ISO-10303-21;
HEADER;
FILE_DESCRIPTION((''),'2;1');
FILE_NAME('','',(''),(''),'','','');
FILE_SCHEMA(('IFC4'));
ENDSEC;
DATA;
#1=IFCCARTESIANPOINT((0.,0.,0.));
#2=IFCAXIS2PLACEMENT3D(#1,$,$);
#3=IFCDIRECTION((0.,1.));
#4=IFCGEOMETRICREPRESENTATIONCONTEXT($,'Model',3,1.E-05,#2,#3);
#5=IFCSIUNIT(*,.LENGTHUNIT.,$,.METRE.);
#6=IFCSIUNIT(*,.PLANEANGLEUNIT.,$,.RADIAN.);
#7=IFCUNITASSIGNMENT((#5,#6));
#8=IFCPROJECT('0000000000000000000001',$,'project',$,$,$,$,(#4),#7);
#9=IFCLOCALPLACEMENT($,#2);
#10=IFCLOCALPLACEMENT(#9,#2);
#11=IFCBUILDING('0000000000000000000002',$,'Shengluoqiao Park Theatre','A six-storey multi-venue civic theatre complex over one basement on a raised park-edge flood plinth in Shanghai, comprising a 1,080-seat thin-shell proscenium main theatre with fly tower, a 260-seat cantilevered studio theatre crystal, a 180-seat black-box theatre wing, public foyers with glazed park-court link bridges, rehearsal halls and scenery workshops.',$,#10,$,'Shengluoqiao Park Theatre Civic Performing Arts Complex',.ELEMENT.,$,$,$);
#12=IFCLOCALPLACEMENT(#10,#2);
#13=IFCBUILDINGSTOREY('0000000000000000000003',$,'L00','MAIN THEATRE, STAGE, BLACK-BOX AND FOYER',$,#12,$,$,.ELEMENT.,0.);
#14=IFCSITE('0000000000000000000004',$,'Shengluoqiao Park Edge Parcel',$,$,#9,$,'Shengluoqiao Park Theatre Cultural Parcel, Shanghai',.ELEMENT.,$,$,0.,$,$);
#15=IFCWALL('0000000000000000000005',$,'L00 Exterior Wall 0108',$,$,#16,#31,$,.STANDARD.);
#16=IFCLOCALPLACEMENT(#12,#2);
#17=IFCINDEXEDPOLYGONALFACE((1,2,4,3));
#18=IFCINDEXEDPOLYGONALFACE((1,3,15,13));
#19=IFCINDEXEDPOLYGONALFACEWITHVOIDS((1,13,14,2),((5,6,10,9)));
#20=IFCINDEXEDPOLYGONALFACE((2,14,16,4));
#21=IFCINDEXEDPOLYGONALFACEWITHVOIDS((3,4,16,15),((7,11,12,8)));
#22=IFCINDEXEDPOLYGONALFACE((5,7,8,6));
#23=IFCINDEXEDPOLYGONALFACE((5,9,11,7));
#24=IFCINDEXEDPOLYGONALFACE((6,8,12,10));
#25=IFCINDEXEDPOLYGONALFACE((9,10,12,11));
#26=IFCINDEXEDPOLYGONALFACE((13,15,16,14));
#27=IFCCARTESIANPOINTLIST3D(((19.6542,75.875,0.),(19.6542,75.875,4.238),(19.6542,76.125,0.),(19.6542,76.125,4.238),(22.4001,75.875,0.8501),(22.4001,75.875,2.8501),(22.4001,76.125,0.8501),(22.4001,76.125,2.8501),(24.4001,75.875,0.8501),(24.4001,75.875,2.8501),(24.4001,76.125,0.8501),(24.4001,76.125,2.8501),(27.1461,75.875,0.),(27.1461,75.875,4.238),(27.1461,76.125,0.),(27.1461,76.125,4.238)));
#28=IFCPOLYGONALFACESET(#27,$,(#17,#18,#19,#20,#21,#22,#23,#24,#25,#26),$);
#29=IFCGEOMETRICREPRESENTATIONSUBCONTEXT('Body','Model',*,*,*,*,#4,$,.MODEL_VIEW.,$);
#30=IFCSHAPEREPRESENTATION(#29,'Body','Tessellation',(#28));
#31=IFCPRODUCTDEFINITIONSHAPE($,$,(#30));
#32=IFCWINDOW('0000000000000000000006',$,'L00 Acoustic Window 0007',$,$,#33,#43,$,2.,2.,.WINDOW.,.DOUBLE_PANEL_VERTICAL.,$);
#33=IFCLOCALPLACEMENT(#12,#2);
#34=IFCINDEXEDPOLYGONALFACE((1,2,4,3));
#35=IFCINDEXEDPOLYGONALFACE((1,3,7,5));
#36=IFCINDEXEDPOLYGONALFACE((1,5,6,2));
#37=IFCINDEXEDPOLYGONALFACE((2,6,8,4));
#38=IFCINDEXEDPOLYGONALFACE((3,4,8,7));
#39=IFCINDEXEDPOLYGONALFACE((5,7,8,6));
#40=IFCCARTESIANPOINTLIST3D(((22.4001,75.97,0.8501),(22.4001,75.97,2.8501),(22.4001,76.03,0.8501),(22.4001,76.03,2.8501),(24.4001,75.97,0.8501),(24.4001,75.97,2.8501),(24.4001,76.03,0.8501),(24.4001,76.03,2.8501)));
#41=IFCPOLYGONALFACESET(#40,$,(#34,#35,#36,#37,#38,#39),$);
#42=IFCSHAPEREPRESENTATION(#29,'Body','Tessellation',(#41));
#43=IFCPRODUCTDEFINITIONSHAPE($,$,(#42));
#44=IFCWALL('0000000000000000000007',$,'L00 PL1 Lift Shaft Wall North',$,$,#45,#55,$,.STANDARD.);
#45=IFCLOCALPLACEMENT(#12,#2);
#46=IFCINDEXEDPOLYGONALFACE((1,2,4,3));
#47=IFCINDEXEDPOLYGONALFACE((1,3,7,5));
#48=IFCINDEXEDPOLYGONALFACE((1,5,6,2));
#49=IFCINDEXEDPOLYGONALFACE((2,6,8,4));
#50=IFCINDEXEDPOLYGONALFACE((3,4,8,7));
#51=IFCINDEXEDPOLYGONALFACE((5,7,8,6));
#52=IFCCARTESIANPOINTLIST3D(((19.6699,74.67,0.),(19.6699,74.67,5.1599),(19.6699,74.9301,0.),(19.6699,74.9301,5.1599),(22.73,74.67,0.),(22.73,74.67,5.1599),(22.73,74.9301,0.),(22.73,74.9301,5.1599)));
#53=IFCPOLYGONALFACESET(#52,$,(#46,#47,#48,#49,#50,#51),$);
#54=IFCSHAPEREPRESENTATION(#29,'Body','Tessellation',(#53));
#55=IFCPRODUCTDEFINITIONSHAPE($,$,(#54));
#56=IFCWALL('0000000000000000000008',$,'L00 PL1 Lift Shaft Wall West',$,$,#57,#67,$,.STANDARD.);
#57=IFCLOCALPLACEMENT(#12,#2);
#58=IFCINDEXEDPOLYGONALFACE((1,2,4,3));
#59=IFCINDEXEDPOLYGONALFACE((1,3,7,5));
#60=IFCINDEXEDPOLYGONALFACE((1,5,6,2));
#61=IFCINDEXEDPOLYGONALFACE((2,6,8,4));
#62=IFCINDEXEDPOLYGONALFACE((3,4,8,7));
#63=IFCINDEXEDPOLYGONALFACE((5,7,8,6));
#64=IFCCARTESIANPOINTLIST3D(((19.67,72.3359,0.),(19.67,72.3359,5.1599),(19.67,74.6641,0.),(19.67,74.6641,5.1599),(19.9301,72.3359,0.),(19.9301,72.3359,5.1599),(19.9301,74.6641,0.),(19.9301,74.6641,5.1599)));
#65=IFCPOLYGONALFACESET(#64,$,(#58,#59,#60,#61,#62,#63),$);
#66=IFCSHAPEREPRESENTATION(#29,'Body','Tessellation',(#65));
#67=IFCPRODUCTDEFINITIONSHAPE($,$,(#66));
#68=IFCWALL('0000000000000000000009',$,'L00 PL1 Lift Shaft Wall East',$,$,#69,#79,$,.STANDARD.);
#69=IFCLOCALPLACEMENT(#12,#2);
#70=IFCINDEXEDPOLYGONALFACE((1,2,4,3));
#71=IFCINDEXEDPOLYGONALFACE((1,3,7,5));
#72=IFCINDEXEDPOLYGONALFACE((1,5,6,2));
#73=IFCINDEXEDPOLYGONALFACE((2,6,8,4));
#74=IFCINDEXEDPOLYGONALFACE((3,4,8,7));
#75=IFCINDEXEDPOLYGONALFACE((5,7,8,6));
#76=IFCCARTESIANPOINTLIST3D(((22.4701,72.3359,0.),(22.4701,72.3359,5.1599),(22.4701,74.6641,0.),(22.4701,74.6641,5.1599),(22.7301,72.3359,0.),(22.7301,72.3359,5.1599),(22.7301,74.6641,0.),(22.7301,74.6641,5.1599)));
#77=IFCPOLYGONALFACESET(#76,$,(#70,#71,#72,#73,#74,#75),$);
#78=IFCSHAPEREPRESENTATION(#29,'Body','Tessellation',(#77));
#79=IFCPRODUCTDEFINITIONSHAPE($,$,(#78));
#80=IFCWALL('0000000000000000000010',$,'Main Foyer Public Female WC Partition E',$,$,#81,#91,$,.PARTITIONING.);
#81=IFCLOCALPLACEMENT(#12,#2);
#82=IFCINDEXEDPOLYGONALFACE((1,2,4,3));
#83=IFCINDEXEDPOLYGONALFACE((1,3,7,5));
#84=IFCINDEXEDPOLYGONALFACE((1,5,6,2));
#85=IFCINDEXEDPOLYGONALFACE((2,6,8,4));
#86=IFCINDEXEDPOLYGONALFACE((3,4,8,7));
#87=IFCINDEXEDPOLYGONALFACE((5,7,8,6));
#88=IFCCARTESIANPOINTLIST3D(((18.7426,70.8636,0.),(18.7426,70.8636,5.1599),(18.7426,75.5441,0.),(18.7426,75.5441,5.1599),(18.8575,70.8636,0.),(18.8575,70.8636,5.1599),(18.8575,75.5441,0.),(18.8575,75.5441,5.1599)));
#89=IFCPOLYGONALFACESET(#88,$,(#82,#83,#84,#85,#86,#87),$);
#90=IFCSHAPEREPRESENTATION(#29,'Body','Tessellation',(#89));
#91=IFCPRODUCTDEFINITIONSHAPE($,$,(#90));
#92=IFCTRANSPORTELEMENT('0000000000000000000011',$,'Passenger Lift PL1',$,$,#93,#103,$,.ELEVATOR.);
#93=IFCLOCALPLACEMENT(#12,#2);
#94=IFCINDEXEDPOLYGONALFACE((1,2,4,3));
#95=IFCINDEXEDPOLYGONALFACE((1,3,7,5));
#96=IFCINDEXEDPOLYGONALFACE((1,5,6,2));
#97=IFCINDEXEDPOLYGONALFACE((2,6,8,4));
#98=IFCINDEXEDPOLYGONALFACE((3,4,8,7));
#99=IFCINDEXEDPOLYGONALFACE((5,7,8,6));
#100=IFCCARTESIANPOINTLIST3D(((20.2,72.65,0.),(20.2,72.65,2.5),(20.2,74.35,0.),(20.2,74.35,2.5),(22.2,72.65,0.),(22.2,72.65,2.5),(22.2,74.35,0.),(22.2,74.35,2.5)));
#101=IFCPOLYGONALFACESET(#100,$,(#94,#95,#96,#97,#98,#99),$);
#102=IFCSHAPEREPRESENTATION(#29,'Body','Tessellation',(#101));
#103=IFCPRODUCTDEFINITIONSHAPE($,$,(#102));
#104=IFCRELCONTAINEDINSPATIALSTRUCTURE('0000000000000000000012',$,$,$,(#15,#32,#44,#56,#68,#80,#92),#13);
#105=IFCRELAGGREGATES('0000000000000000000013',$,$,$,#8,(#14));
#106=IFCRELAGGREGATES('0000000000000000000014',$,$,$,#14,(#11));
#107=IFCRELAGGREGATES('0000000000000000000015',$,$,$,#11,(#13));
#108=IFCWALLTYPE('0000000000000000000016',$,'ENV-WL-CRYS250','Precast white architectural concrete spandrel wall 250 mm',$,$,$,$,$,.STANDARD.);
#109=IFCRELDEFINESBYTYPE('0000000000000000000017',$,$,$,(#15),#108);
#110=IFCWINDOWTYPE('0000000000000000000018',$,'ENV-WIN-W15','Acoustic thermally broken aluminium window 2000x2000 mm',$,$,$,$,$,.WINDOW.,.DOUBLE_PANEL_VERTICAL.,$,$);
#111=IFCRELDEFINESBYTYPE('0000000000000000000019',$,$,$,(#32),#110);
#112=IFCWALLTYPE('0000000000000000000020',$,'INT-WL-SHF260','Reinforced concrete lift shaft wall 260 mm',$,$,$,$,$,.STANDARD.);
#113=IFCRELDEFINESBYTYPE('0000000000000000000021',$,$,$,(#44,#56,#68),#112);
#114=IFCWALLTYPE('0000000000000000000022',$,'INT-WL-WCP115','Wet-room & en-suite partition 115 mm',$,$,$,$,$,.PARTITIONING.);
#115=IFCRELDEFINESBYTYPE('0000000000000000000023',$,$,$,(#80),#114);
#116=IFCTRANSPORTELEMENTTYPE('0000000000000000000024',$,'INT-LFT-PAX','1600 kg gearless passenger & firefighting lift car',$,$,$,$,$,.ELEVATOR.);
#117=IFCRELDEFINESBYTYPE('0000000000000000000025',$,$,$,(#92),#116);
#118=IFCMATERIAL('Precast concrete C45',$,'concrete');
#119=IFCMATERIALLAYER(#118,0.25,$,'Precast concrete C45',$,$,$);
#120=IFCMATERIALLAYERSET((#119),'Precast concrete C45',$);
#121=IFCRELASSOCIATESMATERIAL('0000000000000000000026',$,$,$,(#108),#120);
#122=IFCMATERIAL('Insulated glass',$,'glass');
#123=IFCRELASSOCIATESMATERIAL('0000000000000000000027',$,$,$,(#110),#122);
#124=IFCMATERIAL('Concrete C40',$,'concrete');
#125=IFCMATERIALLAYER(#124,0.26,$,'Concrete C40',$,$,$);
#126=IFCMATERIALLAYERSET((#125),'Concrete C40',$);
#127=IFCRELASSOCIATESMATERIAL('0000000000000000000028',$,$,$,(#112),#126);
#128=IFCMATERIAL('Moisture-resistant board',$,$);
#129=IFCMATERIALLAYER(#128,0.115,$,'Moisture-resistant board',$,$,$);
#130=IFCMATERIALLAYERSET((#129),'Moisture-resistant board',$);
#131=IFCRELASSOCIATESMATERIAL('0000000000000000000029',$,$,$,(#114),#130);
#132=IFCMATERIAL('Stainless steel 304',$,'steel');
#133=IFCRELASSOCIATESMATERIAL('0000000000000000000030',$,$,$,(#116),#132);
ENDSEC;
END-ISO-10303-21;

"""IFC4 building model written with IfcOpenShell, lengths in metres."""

from ifc_helpers import new_model, si_unit, direction, frame, frame_2d, origin, origin_2d, place, context, subcontext, project, spatial, rectangle, extrude, material, layer, layer_set, type_object, element, fill, save


model = new_model("IFC4")

# Units and contexts
model_context = context("Model", 3, precision=1e-05, world=origin(), true_north=direction((0.0, 1.0)))
body_context = subcontext(model_context, "Body", "Model", "MODEL_VIEW")
ifc_project = project(units=[si_unit("LENGTHUNIT", "METRE"), si_unit("PLANEANGLEUNIT", "RADIAN")], contexts=[model_context])

# Site, building, storey
site_placement = place(None, origin())
site = spatial("IfcSite", under=ifc_project, at=site_placement, Name="Shengluoqiao Park Edge Parcel", LongName="Shengluoqiao Park Theatre Cultural Parcel, Shanghai", CompositionType="ELEMENT", RefElevation=0.0)
building_placement = place(site_placement, origin())
building = spatial("IfcBuilding", under=site, at=building_placement, Name="Shengluoqiao Park Theatre", Description="A six-storey multi-venue civic theatre complex over one basement on a raised park-edge flood plinth in Shanghai, comprising a 1,080-seat thin-shell proscenium main theatre with fly tower, a 260-seat cantilevered studio theatre crystal, a 180-seat black-box theatre wing, public foyers with glazed park-court link bridges, rehearsal halls and scenery workshops.", LongName="Shengluoqiao Park Theatre Civic Performing Arts Complex", CompositionType="ELEMENT")
storey_placement = place(building_placement, origin())
storey = spatial("IfcBuildingStorey", under=building, at=storey_placement, Name="L00", Description="MAIN THEATRE, STAGE, BLACK-BOX AND FOYER", CompositionType="ELEMENT", Elevation=0.0)

# Shared definitions
ifc_material_1 = material(Name="Concrete C40", Category="concrete")

# Shared definitions
ifc_material_2 = material(Name="Insulated glass", Category="glass")

# Wall, opening, window
ifc_material_3 = material(Name="Precast concrete C45", Category="concrete")
ifc_layer_1 = layer(ifc_material_3, 0.25, Name="Precast concrete C45")
ifc_layer_set_1 = layer_set([ifc_layer_1], Name="Precast concrete C45")
wall_type_1 = type_object("IfcWallType", Name="ENV-WL-CRYS250", Description="Precast white architectural concrete spandrel wall 250 mm", PredefinedType="STANDARD", material=ifc_layer_set_1)
wall_1_placement = place(storey_placement, frame((19.6541, 76.0, 0.0), z_axis=(0.0, 0.0, 1.0), x_axis=(1.0, 0.0, 0.0)))
wall_1 = element("IfcWall", 1, at=wall_1_placement, inside=storey, type_object=wall_type_1, Name="L00 Exterior Wall 0108", PredefinedType="STANDARD", context=body_context, shape_type="SweptSolid", body=[
    extrude(rectangle(XDim=7.4919, YDim=0.25, at=frame_2d((3.7461, 0.0))), origin(), (0.0, 0.0, 1.0), 4.238),
])
opening_1_placement = place(wall_1_placement, frame((2.7461, 0.0, 0.8501)))
opening_1 = element("IfcOpeningElement", 2, at=opening_1_placement, cuts=wall_1, PredefinedType="OPENING", context=body_context, shape_type="SweptSolid", body=[
    extrude(rectangle(XDim=2.0, YDim=2.0, at=frame_2d((1.0, 1.0))), frame((0.0, 0.135, 0.0), z_axis=(0.0, -1.0, 0.0), x_axis=(1.0, 0.0, 0.0)), (0.0, 0.0, 1.0), 0.27),
])
window_type = type_object("IfcWindowType", Name="ENV-WIN-W15", Description="Acoustic thermally broken aluminium window 2000x2000 mm", PartitioningType="DOUBLE_PANEL_VERTICAL", PredefinedType="WINDOW", material=ifc_material_2)
window_placement = place(opening_1_placement, origin())
window = element("IfcWindow", 3, at=window_placement, inside=storey, type_object=window_type, Name="L00 Acoustic Window 0007", OverallHeight=2.0, OverallWidth=2.0, PartitioningType="DOUBLE_PANEL_VERTICAL", PredefinedType="WINDOW", context=body_context, shape_type="SweptSolid", body=[
    extrude(rectangle(XDim=2.0, YDim=2.0, at=frame_2d((1.0, 1.0))), frame((0.0, 0.03, 0.0), z_axis=(0.0, -1.0, 0.0), x_axis=(1.0, 0.0, 0.0)), (0.0, 0.0, 1.0), 0.0601),
])
fill(opening_1, window)

# Shared definitions
ifc_layer_2 = layer(ifc_material_1, 0.26, Name="Concrete C40")
ifc_layer_set_2 = layer_set([ifc_layer_2], Name="Concrete C40")
wall_type_2 = type_object("IfcWallType", Name="INT-WL-SHF260", Description="Reinforced concrete lift shaft wall 260 mm", PredefinedType="STANDARD", material=ifc_layer_set_2)
ifc_material_4 = material(Name="Stainless steel 304", Category="steel")

# Walls
wall_2_placement = place(storey_placement, frame((19.6699, 74.8, 0.0), z_axis=(0.0, 0.0, 1.0), x_axis=(1.0, 0.0, 0.0)))
element("IfcWall", 4, at=wall_2_placement, inside=storey, type_object=wall_type_2, Name="L00 PL1 Lift Shaft Wall North", PredefinedType="STANDARD", context=body_context, shape_type="SweptSolid", body=[
    extrude(rectangle(XDim=3.0601, YDim=0.26, at=frame_2d((1.53, 0.0))), origin(), (0.0, 0.0, 1.0), 5.1599),
])
for number, where, z_axis, x_axis, name in (
    (5, (19.8, 72.3359, 0.0), (0.0, 0.0, 1.0), (0.0, 1.0, 0.0), "L00 PL1 Lift Shaft Wall West"),
    (6, (22.6001, 72.3359, 0.0), (0.0, 0.0, 1.0), (0.0, 1.0, 0.0), "L00 PL1 Lift Shaft Wall East"),
):
    element("IfcWall", number, at=place(storey_placement, frame(where, z_axis=z_axis, x_axis=x_axis)), inside=storey, type_object=wall_type_2, Name=name, PredefinedType="STANDARD", context=body_context, shape_type="SweptSolid", body=[
        extrude(rectangle(XDim=2.3281, YDim=0.26, at=frame_2d((1.1641, 0.0))), origin(), (0.0, 0.0, 1.0), 5.1599),
    ])
ifc_material_5 = material(Name="Moisture-resistant board")
ifc_layer_3 = layer(ifc_material_5, 0.115, Name="Moisture-resistant board")
ifc_layer_set_3 = layer_set([ifc_layer_3], Name="Moisture-resistant board")
wall_type_3 = type_object("IfcWallType", Name="INT-WL-WCP115", Description="Wet-room & en-suite partition 115 mm", PredefinedType="PARTITIONING", material=ifc_layer_set_3)
wall_3_placement = place(storey_placement, frame((18.8, 70.8635, 0.0), z_axis=(0.0, 0.0, 1.0), x_axis=(0.0, 1.0, 0.0)))
element("IfcWall", 7, at=wall_3_placement, inside=storey, type_object=wall_type_3, Name="Main Foyer Public Female WC Partition E", PredefinedType="PARTITIONING", context=body_context, shape_type="SweptSolid", body=[
    extrude(rectangle(XDim=4.6804, YDim=0.115, at=frame_2d((2.3403, 0.0))), origin(), (0.0, 0.0, 1.0), 5.1599),
])

# Transport element
transport_element_type = type_object("IfcTransportElementType", Name="INT-LFT-PAX", Description="1600 kg gearless passenger & firefighting lift car", PredefinedType="ELEVATOR", material=ifc_material_4)
transport_element_placement = place(storey_placement, frame((21.2, 73.5, 0.0), z_axis=(0.0, 0.0, 1.0), x_axis=(1.0, 0.0, 0.0)))
element("IfcTransportElement", 8, at=transport_element_placement, inside=storey, type_object=transport_element_type, Name="Passenger Lift PL1", PredefinedType="ELEVATOR", context=body_context, shape_type="SweptSolid", body=[
    extrude(rectangle(XDim=2.0, YDim=1.7, at=origin_2d()), origin(), (0.0, 0.0, 1.0), 2.5),
])

save(model, "model.ifc")
